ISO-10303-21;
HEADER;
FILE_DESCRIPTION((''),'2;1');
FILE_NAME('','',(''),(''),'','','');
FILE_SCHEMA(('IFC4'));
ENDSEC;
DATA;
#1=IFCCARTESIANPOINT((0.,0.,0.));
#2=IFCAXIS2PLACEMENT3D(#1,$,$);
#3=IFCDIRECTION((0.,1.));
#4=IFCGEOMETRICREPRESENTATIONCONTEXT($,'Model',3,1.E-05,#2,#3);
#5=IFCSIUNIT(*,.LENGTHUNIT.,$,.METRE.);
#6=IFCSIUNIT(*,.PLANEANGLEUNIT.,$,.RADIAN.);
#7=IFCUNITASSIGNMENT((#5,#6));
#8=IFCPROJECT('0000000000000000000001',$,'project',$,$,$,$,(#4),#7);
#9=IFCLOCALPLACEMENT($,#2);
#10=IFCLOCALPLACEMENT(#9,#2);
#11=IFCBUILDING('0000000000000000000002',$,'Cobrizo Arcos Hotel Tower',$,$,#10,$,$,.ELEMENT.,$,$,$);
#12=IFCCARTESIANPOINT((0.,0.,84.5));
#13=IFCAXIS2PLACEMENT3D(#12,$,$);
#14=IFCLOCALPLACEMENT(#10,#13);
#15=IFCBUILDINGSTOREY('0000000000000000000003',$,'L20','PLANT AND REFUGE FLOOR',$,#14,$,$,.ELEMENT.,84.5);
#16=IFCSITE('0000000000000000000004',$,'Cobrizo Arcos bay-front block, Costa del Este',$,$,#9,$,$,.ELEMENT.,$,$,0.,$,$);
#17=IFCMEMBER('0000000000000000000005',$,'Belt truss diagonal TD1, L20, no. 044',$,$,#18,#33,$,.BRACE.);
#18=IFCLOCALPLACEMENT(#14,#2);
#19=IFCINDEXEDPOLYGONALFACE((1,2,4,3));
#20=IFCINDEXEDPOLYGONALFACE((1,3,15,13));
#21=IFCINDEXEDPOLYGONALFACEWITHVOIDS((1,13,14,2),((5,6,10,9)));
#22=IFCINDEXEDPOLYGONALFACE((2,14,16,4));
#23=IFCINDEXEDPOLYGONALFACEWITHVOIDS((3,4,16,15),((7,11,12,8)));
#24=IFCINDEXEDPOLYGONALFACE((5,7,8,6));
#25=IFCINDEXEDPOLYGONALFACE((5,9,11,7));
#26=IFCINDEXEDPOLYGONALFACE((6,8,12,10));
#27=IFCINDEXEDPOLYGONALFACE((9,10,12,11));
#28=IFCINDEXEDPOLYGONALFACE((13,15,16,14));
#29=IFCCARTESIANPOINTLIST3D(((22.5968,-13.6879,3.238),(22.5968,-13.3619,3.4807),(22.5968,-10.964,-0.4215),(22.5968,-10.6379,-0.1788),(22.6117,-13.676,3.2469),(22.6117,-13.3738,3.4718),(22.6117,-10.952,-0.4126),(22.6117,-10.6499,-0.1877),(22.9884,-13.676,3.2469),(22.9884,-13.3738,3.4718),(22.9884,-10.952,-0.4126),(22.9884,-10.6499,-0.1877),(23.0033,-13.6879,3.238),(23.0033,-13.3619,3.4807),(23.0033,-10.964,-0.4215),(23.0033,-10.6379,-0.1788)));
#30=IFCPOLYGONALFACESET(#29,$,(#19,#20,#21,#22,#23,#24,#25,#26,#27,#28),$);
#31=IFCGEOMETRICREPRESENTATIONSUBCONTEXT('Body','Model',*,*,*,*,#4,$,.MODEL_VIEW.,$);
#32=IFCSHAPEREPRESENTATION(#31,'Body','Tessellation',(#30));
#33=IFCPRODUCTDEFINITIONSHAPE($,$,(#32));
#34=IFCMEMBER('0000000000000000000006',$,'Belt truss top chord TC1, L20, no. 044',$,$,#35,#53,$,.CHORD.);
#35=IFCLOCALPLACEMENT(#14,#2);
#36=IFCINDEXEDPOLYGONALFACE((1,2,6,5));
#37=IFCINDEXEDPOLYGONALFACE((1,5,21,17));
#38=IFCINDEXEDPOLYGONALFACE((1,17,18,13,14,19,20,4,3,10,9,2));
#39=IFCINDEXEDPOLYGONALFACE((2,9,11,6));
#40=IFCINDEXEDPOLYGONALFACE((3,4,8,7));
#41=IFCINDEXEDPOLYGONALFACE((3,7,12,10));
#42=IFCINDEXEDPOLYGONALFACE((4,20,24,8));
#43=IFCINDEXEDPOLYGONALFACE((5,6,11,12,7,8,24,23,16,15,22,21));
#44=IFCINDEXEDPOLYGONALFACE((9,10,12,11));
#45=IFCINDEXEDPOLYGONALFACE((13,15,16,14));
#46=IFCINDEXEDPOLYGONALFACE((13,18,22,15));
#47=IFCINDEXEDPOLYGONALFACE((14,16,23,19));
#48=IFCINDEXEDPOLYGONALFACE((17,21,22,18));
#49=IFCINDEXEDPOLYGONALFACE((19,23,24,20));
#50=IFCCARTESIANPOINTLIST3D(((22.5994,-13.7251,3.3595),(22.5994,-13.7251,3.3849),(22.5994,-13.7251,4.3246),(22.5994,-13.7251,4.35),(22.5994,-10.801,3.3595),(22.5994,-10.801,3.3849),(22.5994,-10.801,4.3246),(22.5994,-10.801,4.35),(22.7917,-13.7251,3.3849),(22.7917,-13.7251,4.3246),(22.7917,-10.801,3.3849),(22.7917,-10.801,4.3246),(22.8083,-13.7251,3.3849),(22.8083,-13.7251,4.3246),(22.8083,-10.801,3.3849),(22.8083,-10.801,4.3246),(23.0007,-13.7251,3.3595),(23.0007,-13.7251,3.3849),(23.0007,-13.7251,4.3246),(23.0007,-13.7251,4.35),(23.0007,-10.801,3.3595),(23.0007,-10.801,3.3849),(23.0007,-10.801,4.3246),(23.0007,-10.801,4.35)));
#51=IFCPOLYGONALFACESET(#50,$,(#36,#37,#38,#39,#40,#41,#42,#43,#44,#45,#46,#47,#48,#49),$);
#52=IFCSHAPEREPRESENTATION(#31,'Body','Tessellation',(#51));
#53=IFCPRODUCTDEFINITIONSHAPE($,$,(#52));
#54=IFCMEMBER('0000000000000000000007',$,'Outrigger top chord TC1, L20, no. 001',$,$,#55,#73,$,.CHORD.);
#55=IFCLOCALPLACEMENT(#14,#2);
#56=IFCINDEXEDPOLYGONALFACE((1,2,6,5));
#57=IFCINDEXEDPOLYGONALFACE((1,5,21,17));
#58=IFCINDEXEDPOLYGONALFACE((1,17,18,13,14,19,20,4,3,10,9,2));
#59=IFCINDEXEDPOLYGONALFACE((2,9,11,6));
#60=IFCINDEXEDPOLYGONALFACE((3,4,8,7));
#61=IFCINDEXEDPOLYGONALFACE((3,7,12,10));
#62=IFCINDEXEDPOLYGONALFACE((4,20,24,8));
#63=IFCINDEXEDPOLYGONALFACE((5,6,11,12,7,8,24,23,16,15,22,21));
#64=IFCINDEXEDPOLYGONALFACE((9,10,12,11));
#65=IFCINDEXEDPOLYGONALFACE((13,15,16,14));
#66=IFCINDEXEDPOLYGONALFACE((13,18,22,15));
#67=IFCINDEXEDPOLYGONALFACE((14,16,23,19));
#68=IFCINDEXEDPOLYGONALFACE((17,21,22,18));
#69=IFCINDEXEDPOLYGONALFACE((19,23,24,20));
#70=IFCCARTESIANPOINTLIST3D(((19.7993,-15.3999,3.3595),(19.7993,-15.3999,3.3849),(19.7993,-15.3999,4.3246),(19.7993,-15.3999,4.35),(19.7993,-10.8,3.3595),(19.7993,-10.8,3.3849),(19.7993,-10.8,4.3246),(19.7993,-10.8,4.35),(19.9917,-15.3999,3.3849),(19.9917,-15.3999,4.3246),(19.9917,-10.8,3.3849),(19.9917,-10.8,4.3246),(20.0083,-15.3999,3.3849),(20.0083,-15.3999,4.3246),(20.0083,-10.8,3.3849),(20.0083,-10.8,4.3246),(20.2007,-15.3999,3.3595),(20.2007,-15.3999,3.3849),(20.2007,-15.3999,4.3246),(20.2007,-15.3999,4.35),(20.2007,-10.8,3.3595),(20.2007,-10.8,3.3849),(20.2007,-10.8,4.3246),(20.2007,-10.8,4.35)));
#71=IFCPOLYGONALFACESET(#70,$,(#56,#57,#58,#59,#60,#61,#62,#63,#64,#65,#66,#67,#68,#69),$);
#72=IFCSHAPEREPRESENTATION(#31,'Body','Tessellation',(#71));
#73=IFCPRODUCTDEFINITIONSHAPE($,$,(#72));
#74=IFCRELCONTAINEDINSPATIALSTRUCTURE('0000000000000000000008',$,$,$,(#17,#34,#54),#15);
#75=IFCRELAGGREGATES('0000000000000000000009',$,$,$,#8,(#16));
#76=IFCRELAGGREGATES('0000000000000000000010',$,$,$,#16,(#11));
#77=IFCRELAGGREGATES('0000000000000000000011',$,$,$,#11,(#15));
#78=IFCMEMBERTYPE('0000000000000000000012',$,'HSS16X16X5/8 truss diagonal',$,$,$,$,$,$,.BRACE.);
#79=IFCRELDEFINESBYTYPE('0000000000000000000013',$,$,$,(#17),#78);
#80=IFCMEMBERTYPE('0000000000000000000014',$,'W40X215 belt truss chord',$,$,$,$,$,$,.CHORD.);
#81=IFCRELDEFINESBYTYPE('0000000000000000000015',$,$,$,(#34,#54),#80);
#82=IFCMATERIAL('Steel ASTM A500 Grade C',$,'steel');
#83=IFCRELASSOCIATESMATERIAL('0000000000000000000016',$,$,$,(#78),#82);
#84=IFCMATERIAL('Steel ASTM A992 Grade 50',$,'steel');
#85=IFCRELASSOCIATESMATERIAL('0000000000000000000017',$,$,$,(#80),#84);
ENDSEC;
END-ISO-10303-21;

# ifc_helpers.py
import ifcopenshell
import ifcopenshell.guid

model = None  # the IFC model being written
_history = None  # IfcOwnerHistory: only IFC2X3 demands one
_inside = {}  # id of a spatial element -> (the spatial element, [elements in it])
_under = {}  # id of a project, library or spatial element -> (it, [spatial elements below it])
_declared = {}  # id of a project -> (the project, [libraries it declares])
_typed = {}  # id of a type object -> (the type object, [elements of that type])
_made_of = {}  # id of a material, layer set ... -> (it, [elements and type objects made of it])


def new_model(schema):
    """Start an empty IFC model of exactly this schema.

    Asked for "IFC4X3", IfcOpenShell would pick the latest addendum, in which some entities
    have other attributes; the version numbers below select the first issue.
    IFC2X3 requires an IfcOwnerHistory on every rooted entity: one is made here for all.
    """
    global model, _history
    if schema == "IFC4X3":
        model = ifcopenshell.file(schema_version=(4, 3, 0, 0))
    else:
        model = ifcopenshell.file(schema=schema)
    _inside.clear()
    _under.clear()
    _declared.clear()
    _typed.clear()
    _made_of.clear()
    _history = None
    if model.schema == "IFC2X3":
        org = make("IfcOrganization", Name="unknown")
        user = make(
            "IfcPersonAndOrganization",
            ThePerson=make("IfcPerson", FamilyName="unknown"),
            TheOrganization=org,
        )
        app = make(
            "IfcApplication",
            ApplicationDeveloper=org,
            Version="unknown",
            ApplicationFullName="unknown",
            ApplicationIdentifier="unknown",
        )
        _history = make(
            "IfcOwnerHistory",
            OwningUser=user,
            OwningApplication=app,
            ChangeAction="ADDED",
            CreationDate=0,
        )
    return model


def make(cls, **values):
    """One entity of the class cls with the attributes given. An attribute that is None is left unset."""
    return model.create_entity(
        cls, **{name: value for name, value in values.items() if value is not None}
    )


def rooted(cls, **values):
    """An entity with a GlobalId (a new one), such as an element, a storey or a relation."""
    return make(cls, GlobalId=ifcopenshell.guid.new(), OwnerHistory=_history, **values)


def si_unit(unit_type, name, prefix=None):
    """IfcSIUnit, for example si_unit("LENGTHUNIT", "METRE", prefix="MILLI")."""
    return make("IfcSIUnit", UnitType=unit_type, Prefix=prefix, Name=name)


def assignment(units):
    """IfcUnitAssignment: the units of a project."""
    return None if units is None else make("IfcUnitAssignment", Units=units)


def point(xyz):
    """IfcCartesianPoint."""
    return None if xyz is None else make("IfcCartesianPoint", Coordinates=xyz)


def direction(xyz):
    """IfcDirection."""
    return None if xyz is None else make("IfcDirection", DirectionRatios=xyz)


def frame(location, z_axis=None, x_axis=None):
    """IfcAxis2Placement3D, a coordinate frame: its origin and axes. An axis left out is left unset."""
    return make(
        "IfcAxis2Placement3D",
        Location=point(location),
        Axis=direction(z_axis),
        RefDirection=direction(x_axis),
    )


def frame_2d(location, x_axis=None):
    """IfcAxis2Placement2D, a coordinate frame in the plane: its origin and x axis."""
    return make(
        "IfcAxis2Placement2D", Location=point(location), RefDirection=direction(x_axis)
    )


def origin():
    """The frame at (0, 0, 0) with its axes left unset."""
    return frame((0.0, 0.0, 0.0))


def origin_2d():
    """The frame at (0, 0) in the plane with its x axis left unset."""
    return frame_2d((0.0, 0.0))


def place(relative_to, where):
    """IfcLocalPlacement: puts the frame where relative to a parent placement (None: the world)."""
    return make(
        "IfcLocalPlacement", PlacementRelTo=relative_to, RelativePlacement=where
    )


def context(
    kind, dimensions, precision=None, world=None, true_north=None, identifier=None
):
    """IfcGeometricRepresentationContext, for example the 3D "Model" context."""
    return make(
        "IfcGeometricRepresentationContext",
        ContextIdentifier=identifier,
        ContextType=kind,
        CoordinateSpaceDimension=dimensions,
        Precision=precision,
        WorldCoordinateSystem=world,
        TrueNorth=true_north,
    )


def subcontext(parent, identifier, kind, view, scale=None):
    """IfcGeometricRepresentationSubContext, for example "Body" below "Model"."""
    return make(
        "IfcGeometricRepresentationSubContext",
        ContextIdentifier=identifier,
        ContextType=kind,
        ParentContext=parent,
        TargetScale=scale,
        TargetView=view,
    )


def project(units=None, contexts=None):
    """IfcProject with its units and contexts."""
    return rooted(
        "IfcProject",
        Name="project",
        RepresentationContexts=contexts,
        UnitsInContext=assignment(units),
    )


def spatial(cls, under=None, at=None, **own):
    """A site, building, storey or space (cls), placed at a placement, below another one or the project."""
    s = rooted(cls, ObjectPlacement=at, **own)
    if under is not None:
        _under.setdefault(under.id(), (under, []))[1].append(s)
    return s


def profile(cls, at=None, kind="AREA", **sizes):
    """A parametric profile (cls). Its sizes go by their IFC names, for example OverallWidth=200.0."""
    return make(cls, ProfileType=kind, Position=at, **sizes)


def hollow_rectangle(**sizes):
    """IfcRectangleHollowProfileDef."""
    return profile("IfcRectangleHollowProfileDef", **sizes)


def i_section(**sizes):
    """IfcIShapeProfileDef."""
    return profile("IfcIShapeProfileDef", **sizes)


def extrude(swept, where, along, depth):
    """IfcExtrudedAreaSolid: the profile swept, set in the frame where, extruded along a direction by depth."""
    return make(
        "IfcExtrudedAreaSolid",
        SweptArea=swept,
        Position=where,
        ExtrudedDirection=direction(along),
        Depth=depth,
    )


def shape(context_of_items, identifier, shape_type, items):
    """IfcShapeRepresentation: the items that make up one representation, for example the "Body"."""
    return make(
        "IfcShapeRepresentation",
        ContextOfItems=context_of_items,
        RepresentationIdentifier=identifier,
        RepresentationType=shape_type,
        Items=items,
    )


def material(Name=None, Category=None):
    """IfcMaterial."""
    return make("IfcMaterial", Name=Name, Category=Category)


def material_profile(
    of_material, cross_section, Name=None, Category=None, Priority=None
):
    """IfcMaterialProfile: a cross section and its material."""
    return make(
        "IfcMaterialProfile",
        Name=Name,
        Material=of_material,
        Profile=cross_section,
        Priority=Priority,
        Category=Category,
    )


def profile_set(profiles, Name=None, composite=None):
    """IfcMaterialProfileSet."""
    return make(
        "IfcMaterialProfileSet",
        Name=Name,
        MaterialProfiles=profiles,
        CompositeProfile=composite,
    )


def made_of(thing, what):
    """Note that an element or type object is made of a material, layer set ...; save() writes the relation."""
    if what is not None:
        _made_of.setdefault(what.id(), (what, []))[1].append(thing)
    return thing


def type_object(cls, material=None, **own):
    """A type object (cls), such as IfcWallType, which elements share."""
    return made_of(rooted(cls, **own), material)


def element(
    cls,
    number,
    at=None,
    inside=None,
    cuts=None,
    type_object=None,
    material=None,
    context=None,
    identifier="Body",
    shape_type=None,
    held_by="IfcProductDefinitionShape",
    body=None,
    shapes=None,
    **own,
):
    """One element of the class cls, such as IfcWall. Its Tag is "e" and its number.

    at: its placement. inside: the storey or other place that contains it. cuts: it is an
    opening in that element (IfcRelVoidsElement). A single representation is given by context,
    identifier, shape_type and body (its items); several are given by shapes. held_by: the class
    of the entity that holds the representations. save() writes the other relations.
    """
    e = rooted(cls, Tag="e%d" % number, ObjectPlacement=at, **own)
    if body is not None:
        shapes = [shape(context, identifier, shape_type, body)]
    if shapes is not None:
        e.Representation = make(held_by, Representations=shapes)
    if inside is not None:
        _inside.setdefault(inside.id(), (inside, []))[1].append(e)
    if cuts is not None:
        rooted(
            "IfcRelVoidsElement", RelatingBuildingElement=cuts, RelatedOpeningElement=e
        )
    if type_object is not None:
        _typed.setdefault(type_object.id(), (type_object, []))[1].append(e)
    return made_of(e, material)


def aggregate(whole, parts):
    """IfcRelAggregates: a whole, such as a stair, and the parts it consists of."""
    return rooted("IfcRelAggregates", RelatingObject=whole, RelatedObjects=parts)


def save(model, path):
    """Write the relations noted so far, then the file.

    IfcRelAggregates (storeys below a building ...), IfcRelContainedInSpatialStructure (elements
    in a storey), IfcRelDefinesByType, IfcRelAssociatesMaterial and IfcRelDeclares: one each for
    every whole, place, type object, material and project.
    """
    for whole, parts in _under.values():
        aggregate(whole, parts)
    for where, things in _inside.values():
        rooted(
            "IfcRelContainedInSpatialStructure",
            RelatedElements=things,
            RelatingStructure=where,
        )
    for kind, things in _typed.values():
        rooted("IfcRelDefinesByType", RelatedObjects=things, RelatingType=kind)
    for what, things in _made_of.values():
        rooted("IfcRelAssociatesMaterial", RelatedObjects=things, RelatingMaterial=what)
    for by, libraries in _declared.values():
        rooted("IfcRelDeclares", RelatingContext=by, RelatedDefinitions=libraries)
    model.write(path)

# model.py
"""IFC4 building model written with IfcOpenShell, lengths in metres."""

from ifc_helpers import new_model, si_unit, direction, frame, origin, origin_2d, place, context, subcontext, project, spatial, hollow_rectangle, i_section, extrude, material, material_profile, profile_set, type_object, element, save


model = new_model("IFC4")

# Units and contexts
model_context = context("Model", 3, precision=1e-05, world=origin(), true_north=direction((0.0, 1.0)))
body_context = subcontext(model_context, "Body", "Model", "MODEL_VIEW")
ifc_project = project(units=[si_unit("LENGTHUNIT", "METRE"), si_unit("PLANEANGLEUNIT", "RADIAN")], contexts=[model_context])

# Site, building, storey
site_placement = place(None, origin())
site = spatial("IfcSite", under=ifc_project, at=site_placement, Name="Cobrizo Arcos bay-front block, Costa del Este", CompositionType="ELEMENT", RefElevation=0.0)
building_placement = place(site_placement, origin())
building = spatial("IfcBuilding", under=site, at=building_placement, Name="Cobrizo Arcos Hotel Tower", CompositionType="ELEMENT")
storey_placement = place(building_placement, frame((0.0, 0.0, 84.5)))
storey = spatial("IfcBuildingStorey", under=building, at=storey_placement, Name="L20", Description="PLANT AND REFUGE FLOOR", CompositionType="ELEMENT", Elevation=84.5)

# Members
ifc_material_1 = material(Name="Steel ASTM A500 Grade C", Category="steel")
ifc_material_profile_1 = material_profile(ifc_material_1, hollow_rectangle(XDim=0.4065, YDim=0.4065, WallThickness=0.0149, at=origin_2d()), Name="HSS16X16X5/8")
ifc_profile_set_1 = profile_set([ifc_material_profile_1], Name="Steel ASTM A500 Grade C")
member_type_1 = type_object("IfcMemberType", Name="HSS16X16X5/8 truss diagonal", PredefinedType="BRACE", material=ifc_profile_set_1)
member_1_placement = place(storey_placement, frame((22.8, -13.5249, 3.3594), z_axis=(0.0, 0.597093, -0.802172), x_axis=(-1.0, 0.0, 0.0)))
element("IfcMember", 1, at=member_1_placement, inside=storey, type_object=member_type_1, Name="Belt truss diagonal TD1, L20, no. 044", PredefinedType="BRACE", context=body_context, shape_type="SweptSolid", body=[
    extrude(hollow_rectangle(XDim=0.4065, YDim=0.4065, WallThickness=0.0149, at=origin_2d()), origin(), (0.0, 0.0, 1.0), 4.562),
])
ifc_material_2 = material(Name="Steel ASTM A992 Grade 50", Category="steel")
ifc_material_profile_2 = material_profile(ifc_material_2, i_section(OverallWidth=0.4014, OverallDepth=0.9905, WebThickness=0.0166, FlangeThickness=0.0254, at=origin_2d()), Name="W40X215")
ifc_profile_set_2 = profile_set([ifc_material_profile_2], Name="Steel ASTM A992 Grade 50")
member_type_2 = type_object("IfcMemberType", Name="W40X215 belt truss chord", PredefinedType="CHORD", material=ifc_profile_set_2)
member_2_placement = place(storey_placement, frame((22.8, -13.7251, 3.8547), z_axis=(0.0, 1.0, 0.0), x_axis=(-1.0, 0.0, 0.0)))
element("IfcMember", 2, at=member_2_placement, inside=storey, type_object=member_type_2, Name="Belt truss top chord TC1, L20, no. 044", PredefinedType="CHORD", context=body_context, shape_type="SweptSolid", body=[
    extrude(i_section(OverallWidth=0.4014, OverallDepth=0.9905, WebThickness=0.0166, FlangeThickness=0.0254, at=origin_2d()), origin(), (0.0, 0.0, 1.0), 2.9241),
])
member_3_placement = place(storey_placement, frame((20.0, -10.8, 3.8547), z_axis=(0.0, -1.0, 0.0), x_axis=(1.0, 0.0, 0.0)))
element("IfcMember", 3, at=member_3_placement, inside=storey, type_object=member_type_2, Name="Outrigger top chord TC1, L20, no. 001", PredefinedType="CHORD", context=body_context, shape_type="SweptSolid", body=[
    extrude(i_section(OverallWidth=0.4014, OverallDepth=0.9905, WebThickness=0.0166, FlangeThickness=0.0254, at=origin_2d()), origin(), (0.0, 0.0, 1.0), 4.5999),
])

save(model, "model.ifc")
